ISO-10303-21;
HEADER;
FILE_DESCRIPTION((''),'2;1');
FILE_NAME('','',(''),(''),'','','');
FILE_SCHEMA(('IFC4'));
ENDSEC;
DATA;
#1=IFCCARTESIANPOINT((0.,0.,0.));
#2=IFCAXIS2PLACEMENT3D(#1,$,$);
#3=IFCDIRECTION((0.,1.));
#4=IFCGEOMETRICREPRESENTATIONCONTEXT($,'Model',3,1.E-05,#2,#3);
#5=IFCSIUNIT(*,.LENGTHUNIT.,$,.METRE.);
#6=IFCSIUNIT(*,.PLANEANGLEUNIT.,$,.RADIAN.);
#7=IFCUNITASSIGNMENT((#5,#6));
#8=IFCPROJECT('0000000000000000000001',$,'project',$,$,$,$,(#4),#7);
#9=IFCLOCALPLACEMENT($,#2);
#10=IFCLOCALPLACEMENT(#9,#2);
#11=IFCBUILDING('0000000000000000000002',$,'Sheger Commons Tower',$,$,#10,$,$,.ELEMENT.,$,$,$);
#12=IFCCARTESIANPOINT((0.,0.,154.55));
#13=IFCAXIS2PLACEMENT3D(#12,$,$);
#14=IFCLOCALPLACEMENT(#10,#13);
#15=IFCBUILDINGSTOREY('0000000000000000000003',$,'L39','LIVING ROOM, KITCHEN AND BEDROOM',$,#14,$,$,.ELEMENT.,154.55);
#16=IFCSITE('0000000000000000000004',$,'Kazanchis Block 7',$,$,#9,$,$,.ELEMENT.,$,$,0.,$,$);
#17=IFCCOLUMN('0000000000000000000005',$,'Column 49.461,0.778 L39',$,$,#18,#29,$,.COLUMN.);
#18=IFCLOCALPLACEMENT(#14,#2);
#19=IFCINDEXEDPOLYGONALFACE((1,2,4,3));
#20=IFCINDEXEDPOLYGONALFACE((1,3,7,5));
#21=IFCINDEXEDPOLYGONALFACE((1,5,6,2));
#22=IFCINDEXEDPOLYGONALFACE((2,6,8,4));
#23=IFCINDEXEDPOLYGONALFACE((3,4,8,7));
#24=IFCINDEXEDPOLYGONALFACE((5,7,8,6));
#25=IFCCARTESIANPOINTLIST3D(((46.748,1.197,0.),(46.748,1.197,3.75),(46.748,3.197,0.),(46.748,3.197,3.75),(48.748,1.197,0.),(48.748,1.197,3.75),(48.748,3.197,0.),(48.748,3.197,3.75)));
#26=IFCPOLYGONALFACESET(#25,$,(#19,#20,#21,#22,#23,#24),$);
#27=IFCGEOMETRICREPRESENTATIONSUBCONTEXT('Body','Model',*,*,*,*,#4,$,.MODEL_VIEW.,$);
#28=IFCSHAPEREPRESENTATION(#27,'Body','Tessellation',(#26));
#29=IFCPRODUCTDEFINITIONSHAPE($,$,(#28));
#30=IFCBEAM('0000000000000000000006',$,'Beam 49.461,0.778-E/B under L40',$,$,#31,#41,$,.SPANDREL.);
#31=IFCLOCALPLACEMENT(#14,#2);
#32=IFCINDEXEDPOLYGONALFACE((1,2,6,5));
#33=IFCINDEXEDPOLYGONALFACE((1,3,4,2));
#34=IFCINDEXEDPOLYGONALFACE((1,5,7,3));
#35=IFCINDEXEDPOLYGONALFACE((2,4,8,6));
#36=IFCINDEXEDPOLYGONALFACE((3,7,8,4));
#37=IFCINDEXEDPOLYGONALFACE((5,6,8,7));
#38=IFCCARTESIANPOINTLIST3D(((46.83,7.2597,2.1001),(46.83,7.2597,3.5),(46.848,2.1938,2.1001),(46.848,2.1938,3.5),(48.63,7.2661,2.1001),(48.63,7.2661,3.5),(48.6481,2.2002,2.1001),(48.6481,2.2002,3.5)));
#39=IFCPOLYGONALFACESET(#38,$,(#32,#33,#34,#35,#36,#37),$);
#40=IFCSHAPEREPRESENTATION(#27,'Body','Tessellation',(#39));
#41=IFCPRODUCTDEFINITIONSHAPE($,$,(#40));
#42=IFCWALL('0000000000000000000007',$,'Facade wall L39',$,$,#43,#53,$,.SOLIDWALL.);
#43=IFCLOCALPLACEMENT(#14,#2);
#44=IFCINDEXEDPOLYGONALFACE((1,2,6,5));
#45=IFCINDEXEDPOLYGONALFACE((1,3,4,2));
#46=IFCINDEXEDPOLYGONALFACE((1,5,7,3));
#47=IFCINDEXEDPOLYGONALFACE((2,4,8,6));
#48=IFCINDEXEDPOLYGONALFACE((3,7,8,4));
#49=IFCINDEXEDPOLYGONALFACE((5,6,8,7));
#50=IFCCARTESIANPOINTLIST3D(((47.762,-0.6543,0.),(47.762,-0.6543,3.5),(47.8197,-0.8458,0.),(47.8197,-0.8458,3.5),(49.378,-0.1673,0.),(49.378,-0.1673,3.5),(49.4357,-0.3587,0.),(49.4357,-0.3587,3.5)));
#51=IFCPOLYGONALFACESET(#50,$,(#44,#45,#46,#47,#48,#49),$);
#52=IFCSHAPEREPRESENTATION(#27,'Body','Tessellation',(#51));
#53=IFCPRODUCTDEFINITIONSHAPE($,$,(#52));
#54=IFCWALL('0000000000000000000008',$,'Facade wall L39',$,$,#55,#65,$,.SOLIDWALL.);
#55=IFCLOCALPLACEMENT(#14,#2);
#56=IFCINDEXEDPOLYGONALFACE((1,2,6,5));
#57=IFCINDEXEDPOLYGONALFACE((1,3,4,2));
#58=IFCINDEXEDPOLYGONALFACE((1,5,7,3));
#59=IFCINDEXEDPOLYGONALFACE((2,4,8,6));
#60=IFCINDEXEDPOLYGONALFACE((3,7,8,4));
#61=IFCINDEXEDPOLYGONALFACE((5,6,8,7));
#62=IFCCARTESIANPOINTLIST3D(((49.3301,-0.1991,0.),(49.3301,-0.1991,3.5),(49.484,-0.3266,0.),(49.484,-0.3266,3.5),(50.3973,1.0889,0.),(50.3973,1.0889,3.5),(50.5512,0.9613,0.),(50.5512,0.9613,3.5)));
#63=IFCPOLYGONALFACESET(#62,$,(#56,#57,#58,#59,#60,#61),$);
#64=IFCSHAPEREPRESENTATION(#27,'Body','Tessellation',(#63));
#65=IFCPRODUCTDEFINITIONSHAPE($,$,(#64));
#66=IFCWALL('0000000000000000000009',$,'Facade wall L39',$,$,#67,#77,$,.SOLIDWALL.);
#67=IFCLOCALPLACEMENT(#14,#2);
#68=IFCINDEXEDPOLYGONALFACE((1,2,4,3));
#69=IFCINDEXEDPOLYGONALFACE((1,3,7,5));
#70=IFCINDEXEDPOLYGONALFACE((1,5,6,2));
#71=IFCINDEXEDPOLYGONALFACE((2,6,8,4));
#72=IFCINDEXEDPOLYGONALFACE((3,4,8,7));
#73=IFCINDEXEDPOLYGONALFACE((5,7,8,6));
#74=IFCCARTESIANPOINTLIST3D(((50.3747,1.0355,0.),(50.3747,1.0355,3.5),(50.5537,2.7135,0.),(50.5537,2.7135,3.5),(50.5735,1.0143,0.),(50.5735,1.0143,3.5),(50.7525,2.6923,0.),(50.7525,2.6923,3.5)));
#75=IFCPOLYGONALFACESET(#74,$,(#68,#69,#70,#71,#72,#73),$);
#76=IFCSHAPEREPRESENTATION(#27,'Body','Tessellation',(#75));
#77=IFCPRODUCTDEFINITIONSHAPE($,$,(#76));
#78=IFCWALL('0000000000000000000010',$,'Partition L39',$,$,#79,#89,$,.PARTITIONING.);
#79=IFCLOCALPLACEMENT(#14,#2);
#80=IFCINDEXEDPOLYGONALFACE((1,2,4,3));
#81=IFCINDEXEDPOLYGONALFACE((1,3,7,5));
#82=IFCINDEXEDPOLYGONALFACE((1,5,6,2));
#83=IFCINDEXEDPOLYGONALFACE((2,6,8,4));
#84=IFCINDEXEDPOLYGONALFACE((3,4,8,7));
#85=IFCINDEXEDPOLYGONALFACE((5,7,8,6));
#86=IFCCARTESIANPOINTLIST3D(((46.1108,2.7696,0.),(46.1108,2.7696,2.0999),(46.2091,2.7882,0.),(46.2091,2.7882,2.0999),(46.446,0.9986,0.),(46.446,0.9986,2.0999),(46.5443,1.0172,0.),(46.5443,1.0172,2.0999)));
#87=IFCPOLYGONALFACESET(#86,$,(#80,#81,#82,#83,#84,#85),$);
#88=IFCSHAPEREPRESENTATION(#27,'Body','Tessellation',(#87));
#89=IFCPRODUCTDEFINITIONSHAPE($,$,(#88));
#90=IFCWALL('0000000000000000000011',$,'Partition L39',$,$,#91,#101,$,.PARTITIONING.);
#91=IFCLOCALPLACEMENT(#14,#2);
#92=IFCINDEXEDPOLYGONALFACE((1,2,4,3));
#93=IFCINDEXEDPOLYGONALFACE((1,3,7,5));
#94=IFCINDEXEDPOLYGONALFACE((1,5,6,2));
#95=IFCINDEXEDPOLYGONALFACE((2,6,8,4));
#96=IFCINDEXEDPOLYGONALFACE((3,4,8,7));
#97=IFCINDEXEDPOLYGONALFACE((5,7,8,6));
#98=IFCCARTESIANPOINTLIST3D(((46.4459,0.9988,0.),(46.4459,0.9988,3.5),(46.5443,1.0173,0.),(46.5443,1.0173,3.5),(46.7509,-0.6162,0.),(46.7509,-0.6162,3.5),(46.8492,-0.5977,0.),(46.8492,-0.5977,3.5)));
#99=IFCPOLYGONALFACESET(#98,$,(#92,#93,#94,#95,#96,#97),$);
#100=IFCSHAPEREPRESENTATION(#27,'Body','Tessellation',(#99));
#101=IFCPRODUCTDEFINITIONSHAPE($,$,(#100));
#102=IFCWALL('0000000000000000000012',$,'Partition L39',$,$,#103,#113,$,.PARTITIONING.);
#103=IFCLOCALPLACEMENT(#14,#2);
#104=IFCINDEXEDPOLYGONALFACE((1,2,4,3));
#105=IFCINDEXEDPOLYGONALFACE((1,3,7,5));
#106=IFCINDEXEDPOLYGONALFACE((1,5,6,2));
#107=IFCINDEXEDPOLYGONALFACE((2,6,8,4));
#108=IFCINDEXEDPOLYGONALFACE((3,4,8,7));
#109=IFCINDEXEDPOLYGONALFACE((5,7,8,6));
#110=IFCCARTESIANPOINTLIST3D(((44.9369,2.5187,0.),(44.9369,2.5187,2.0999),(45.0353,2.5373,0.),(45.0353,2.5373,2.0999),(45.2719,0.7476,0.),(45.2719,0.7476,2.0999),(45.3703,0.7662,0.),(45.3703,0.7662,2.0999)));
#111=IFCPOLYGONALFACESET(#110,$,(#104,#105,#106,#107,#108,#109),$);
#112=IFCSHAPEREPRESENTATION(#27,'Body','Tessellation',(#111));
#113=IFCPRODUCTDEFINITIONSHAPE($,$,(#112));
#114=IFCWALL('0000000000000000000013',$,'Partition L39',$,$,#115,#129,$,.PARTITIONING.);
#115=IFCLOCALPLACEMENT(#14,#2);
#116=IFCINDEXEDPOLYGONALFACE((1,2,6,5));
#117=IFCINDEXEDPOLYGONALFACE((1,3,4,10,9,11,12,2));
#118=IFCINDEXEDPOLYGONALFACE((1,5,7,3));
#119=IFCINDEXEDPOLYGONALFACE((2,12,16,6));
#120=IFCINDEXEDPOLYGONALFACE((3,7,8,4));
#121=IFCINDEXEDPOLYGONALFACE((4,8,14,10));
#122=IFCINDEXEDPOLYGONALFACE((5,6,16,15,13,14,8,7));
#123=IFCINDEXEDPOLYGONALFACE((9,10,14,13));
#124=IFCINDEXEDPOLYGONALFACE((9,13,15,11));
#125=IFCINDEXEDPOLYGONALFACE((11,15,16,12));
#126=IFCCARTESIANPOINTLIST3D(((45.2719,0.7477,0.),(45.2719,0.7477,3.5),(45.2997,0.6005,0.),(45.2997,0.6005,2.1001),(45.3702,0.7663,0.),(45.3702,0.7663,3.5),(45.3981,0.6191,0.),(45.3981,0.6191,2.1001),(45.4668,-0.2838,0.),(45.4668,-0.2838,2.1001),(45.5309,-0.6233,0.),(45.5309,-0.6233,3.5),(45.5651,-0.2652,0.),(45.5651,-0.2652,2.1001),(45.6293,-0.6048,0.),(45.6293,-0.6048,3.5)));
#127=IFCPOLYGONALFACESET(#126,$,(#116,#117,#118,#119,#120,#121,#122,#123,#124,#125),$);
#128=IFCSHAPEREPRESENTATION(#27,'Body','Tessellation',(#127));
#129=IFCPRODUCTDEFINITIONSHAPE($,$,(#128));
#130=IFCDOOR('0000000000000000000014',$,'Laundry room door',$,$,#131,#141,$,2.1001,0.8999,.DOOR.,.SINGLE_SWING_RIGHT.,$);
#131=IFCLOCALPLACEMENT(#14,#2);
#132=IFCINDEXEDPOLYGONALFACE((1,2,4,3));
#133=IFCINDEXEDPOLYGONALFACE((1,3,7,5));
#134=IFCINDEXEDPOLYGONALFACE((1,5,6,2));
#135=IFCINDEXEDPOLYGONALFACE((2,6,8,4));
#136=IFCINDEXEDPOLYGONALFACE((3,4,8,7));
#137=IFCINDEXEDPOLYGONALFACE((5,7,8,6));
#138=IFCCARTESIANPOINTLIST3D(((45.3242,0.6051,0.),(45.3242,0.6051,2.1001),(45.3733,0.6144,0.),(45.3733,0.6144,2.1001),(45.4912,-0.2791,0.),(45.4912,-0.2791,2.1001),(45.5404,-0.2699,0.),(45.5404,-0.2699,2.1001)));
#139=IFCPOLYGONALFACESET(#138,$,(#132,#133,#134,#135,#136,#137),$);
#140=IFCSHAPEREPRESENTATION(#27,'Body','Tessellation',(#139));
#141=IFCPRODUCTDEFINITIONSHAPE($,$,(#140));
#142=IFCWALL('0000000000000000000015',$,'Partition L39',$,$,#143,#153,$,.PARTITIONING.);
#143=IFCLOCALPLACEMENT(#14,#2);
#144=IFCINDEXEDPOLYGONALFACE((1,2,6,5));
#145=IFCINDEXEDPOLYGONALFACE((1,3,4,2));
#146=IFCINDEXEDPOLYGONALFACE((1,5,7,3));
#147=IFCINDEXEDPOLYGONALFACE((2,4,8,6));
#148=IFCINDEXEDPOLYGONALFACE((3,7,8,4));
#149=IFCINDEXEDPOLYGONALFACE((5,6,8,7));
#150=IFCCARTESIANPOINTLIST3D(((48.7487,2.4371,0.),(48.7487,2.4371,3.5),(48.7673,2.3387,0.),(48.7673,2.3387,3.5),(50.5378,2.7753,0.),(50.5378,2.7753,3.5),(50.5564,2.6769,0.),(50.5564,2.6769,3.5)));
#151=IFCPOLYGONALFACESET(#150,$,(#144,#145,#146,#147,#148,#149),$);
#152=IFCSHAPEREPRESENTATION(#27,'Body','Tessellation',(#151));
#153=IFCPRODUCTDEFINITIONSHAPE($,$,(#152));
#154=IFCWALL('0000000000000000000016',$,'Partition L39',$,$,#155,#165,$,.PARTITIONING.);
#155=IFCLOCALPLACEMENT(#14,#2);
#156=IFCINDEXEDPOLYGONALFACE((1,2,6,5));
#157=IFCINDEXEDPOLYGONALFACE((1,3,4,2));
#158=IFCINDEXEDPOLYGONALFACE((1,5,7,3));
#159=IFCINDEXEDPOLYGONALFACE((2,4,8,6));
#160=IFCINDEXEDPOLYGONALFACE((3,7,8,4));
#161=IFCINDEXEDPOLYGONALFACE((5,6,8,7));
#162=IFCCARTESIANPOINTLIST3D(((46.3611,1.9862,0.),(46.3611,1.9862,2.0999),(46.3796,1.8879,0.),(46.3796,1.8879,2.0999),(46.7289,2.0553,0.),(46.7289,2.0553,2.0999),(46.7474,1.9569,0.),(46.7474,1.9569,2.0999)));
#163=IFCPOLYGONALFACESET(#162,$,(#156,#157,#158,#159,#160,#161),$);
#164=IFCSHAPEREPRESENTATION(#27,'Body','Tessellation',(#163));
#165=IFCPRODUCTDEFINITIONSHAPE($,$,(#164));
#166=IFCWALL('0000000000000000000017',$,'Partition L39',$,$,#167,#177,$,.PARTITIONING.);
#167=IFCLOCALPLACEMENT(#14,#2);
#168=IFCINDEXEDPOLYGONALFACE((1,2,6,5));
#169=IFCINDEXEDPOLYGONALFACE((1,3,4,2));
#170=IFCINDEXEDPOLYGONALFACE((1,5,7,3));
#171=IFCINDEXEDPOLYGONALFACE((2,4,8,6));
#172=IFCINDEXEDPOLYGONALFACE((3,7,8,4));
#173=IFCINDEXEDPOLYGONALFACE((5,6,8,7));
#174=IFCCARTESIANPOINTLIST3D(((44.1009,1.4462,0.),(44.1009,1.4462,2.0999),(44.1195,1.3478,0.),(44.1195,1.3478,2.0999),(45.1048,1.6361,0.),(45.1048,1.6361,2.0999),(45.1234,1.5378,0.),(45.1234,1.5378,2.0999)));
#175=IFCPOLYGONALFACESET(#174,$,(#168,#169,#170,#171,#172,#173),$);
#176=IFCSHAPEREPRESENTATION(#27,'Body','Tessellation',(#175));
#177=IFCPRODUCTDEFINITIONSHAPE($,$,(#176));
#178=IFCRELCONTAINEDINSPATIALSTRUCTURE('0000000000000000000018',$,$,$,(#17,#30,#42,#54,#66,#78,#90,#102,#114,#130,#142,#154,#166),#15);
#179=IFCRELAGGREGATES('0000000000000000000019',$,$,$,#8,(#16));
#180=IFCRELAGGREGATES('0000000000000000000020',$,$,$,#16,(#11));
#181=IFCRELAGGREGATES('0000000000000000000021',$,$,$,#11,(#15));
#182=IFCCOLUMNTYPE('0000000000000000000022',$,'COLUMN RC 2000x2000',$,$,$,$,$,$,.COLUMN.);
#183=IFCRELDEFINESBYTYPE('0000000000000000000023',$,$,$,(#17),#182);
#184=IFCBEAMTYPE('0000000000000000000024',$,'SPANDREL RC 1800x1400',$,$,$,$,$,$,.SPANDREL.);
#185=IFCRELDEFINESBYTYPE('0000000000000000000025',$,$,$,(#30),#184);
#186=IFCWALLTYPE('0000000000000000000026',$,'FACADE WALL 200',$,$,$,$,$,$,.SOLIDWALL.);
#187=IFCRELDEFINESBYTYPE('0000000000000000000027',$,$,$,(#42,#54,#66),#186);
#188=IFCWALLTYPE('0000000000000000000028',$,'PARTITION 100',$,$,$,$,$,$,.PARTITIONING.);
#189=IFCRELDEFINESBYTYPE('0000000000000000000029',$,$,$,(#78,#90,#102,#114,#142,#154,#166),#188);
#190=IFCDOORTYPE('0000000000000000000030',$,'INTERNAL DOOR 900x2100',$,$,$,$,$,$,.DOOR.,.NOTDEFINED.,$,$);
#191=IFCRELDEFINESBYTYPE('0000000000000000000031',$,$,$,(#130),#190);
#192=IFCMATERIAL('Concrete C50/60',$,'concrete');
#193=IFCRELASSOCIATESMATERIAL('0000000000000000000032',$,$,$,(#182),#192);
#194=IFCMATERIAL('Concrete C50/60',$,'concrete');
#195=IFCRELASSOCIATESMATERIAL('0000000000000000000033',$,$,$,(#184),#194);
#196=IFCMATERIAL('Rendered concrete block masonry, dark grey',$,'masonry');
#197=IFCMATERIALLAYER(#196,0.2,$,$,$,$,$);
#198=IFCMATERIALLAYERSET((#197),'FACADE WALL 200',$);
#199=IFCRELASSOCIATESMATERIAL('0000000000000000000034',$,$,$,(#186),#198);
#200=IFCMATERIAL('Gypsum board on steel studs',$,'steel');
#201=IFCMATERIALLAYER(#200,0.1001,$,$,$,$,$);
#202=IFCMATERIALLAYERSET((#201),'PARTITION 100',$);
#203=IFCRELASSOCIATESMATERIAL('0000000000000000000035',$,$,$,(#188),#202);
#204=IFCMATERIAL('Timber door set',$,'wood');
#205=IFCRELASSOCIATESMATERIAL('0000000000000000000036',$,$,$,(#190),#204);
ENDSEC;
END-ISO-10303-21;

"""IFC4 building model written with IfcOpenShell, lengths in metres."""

from ifc_helpers import new_model, si_unit, direction, frame, frame_2d, origin, origin_2d, place, context, subcontext, project, spatial, rectangle, extrude, material, layer, layer_set, material_profile, profile_set, type_object, element, fill, save


model = new_model("IFC4")

# Units and contexts
model_context = context("Model", 3, precision=1e-05, world=origin(), true_north=direction((0.0, 1.0)))
body_context = subcontext(model_context, "Body", "Model", "MODEL_VIEW")
ifc_project = project(units=[si_unit("LENGTHUNIT", "METRE"), si_unit("PLANEANGLEUNIT", "RADIAN")], contexts=[model_context])

# Site, building, storey
site_placement = place(None, origin())
site = spatial("IfcSite", under=ifc_project, at=site_placement, Name="Kazanchis Block 7", CompositionType="ELEMENT", RefElevation=0.0)
building_placement = place(site_placement, origin())
building = spatial("IfcBuilding", under=site, at=building_placement, Name="Sheger Commons Tower", CompositionType="ELEMENT")
storey_placement = place(building_placement, frame((0.0, 0.0, 154.55)))
storey = spatial("IfcBuildingStorey", under=building, at=storey_placement, Name="L39", Description="LIVING ROOM, KITCHEN AND BEDROOM", CompositionType="ELEMENT", Elevation=154.55)

# Column
ifc_material_1 = material(Name="Concrete C50/60", Category="concrete")
ifc_material_profile_1 = material_profile(ifc_material_1, rectangle(XDim=2.0, YDim=2.0, at=origin_2d()), Name="RC 2000x2000")
ifc_profile_set_1 = profile_set([ifc_material_profile_1], Name="Concrete C50/60")
column_type = type_object("IfcColumnType", Name="COLUMN RC 2000x2000", PredefinedType="COLUMN", material=ifc_profile_set_1)
column_placement = place(storey_placement, frame((47.748, 2.197, 0.0), z_axis=(0.0, 0.0, 1.0), x_axis=(1.0, 0.0, 0.0)))
element("IfcColumn", 1, at=column_placement, inside=storey, type_object=column_type, Name="Column 49.461,0.778 L39", PredefinedType="COLUMN", context=body_context, shape_type="SweptSolid", body=[
    extrude(rectangle(XDim=2.0, YDim=2.0, at=origin_2d()), origin(), (0.0, 0.0, 1.0), 3.75),
])

# Beam
ifc_material_2 = material(Name="Concrete C50/60", Category="concrete")
ifc_material_profile_2 = material_profile(ifc_material_2, rectangle(XDim=1.8, YDim=1.3999, at=origin_2d()), Name="RC 1800x1400")
ifc_profile_set_2 = profile_set([ifc_material_profile_2], Name="Concrete C50/60")
beam_type = type_object("IfcBeamType", Name="SPANDREL RC 1800x1400", PredefinedType="SPANDREL", material=ifc_profile_set_2)
beam_placement = place(storey_placement, frame((47.748, 2.197, 2.8), z_axis=(-0.003566, 0.999994, 0.0), x_axis=(-0.999994, -0.003566, 0.0)))
element("IfcBeam", 2, at=beam_placement, inside=storey, type_object=beam_type, Name="Beam 49.461,0.778-E/B under L40", PredefinedType="SPANDREL", context=body_context, shape_type="SweptSolid", body=[
    extrude(rectangle(XDim=1.8, YDim=1.3999, at=origin_2d()), origin(), (0.0, 0.0, 1.0), 5.0659),
])

# Walls
ifc_material_3 = material(Name="Rendered concrete block masonry, dark grey", Category="masonry")
ifc_layer_1 = layer(ifc_material_3, 0.2)
ifc_layer_set_1 = layer_set([ifc_layer_1], Name="FACADE WALL 200")
wall_type_1 = type_object("IfcWallType", Name="FACADE WALL 200", PredefinedType="SOLIDWALL", material=ifc_layer_set_1)
wall_1_placement = place(storey_placement, frame((47.791, -0.75, 0.0), z_axis=(0.0, 0.0, 1.0), x_axis=(0.957455, 0.288582, 0.0)))
element("IfcWall", 3, at=wall_1_placement, inside=storey, type_object=wall_type_1, Name="Facade wall L39", PredefinedType="SOLIDWALL", context=body_context, shape_type="SweptSolid", body=[
    extrude(rectangle(XDim=1.6877, YDim=0.2, at=frame_2d((0.8438, 0.0))), origin(), (0.0, 0.0, 1.0), 3.5),
])
wall_2_placement = place(storey_placement, frame((49.407, -0.2629, 0.0), z_axis=(0.0, 0.0, 1.0), x_axis=(0.638043, 0.770001, 0.0)))
element("IfcWall", 4, at=wall_2_placement, inside=storey, type_object=wall_type_1, Name="Facade wall L39", PredefinedType="SOLIDWALL", context=body_context, shape_type="SweptSolid", body=[
    extrude(rectangle(XDim=1.6726, YDim=0.2, at=frame_2d((0.8364, 0.0))), origin(), (0.0, 0.0, 1.0), 3.5),
])
wall_3_placement = place(storey_placement, frame((50.4741, 1.0249, 0.0), z_axis=(0.0, 0.0, 1.0), x_axis=(0.106048, 0.994361, 0.0)))
element("IfcWall", 5, at=wall_3_placement, inside=storey, type_object=wall_type_1, Name="Facade wall L39", PredefinedType="SOLIDWALL", context=body_context, shape_type="SweptSolid", body=[
    extrude(rectangle(XDim=1.6875, YDim=0.2, at=frame_2d((0.8438, 0.0))), origin(), (0.0, 0.0, 1.0), 3.5),
])

# Walls
ifc_material_4 = material(Name="Gypsum board on steel studs", Category="steel")
ifc_layer_2 = layer(ifc_material_4, 0.1001)
ifc_layer_set_2 = layer_set([ifc_layer_2], Name="PARTITION 100")
wall_type_2 = type_object("IfcWallType", Name="PARTITION 100", PredefinedType="PARTITIONING", material=ifc_layer_set_2)
wall_4_placement = place(storey_placement, frame((46.1599, 2.7791, 0.0), z_axis=(0.0, 0.0, 1.0), x_axis=(0.185973, -0.982555, 0.0)))
element("IfcWall", 6, at=wall_4_placement, inside=storey, type_object=wall_type_2, Name="Partition L39", PredefinedType="PARTITIONING", context=body_context, shape_type="SweptSolid", body=[
    extrude(rectangle(XDim=1.8025, YDim=0.1001, at=frame_2d((0.9014, 0.0))), origin(), (0.0, 0.0, 1.0), 2.0999),
])
wall_5_placement = place(storey_placement, frame((46.4951, 1.0081, 0.0), z_axis=(0.0, 0.0, 1.0), x_axis=(0.185535, -0.982638, 0.0)))
element("IfcWall", 7, at=wall_5_placement, inside=storey, type_object=wall_type_2, Name="Partition L39", PredefinedType="PARTITIONING", context=body_context, shape_type="SweptSolid", body=[
    extrude(rectangle(XDim=1.6436, YDim=0.1001, at=frame_2d((0.8218, 0.0))), origin(), (0.0, 0.0, 1.0), 3.5),
])
wall_6_placement = place(storey_placement, frame((44.9861, 2.5281, 0.0), z_axis=(0.0, 0.0, 1.0), x_axis=(0.185842, -0.98258, 0.0)))
element("IfcWall", 8, at=wall_6_placement, inside=storey, type_object=wall_type_2, Name="Partition L39", PredefinedType="PARTITIONING", context=body_context, shape_type="SweptSolid", body=[
    extrude(rectangle(XDim=1.8025, YDim=0.1001, at=frame_2d((0.9014, 0.0))), origin(), (0.0, 0.0, 1.0), 2.0999),
])

# Wall, opening, door
wall_7_placement = place(storey_placement, frame((45.321, 0.7571, 0.0), z_axis=(0.0, 0.0, 1.0), x_axis=(0.185641, -0.982618, 0.0)))
wall_7 = element("IfcWall", 9, at=wall_7_placement, inside=storey, type_object=wall_type_2, Name="Partition L39", PredefinedType="PARTITIONING", context=body_context, shape_type="SweptSolid", body=[
    extrude(rectangle(XDim=1.3953, YDim=0.1001, at=frame_2d((0.6978, 0.0))), origin(), (0.0, 0.0, 1.0), 3.5),
])
opening_1_placement = place(wall_7_placement, frame((0.1499, 0.0, 0.0)))
opening_1 = element("IfcOpeningElement", 10, at=opening_1_placement, cuts=wall_7, PredefinedType="OPENING", context=body_context, shape_type="SweptSolid", body=[
    extrude(rectangle(XDim=0.8999, YDim=2.1001, at=frame_2d((0.45, 1.05))), frame((0.0, 0.0601, 0.0), z_axis=(0.0, -1.0, 0.0), x_axis=(1.0, 0.0, 0.0)), (0.0, 0.0, 1.0), 0.1201),
])
ifc_material_5 = material(Name="Timber door set", Category="wood")
door_type = type_object("IfcDoorType", Name="INTERNAL DOOR 900x2100", OperationType="NOTDEFINED", PredefinedType="DOOR", material=ifc_material_5)
door_placement = place(opening_1_placement, origin())
door = element("IfcDoor", 11, at=door_placement, inside=storey, type_object=door_type, Name="Laundry room door", OperationType="SINGLE_SWING_RIGHT", OverallHeight=2.1001, OverallWidth=0.8999, PredefinedType="DOOR", context=body_context, shape_type="SweptSolid", body=[
    extrude(rectangle(XDim=0.8999, YDim=2.1001, at=frame_2d((0.45, 1.05))), frame((0.0, 0.0249, 0.0), z_axis=(0.0, -1.0, 0.0), x_axis=(1.0, 0.0, 0.0)), (0.0, 0.0, 1.0), 0.05),
])
fill(opening_1, door)

# Walls
wall_8_placement = place(storey_placement, frame((50.5471, 2.7261, 0.0), z_axis=(0.0, 0.0, 1.0), x_axis=(-0.982604, -0.185713, 0.0)))
element("IfcWall", 12, at=wall_8_placement, inside=storey, type_object=wall_type_2, Name="Partition L39", PredefinedType="PARTITIONING", context=body_context, shape_type="SweptSolid", body=[
    extrude(rectangle(XDim=1.8208, YDim=0.1001, at=frame_2d((0.9104, 0.0))), origin(), (0.0, 0.0, 1.0), 3.5),
])
wall_9_placement = place(storey_placement, frame((46.738, 2.0061, 0.0), z_axis=(0.0, 0.0, 1.0), x_axis=(-0.98282, -0.184564, 0.0)))
element("IfcWall", 13, at=wall_9_placement, inside=storey, type_object=wall_type_2, Name="Partition L39", PredefinedType="PARTITIONING", context=body_context, shape_type="SweptSolid", body=[
    extrude(rectangle(XDim=0.3743, YDim=0.1001, at=frame_2d((0.187, 0.0))), origin(), (0.0, 0.0, 1.0), 2.0999),
])
wall_10_placement = place(storey_placement, frame((45.114, 1.5869, 0.0), z_axis=(0.0, 0.0, 1.0), x_axis=(-0.982568, -0.185904, 0.0)))
element("IfcWall", 14, at=wall_10_placement, inside=storey, type_object=wall_type_2, Name="Partition L39", PredefinedType="PARTITIONING", context=body_context, shape_type="SweptSolid", body=[
    extrude(rectangle(XDim=1.0217, YDim=0.1001, at=frame_2d((0.5107, 0.0))), origin(), (0.0, 0.0, 1.0), 2.0999),
])

save(model, "model.ifc")
